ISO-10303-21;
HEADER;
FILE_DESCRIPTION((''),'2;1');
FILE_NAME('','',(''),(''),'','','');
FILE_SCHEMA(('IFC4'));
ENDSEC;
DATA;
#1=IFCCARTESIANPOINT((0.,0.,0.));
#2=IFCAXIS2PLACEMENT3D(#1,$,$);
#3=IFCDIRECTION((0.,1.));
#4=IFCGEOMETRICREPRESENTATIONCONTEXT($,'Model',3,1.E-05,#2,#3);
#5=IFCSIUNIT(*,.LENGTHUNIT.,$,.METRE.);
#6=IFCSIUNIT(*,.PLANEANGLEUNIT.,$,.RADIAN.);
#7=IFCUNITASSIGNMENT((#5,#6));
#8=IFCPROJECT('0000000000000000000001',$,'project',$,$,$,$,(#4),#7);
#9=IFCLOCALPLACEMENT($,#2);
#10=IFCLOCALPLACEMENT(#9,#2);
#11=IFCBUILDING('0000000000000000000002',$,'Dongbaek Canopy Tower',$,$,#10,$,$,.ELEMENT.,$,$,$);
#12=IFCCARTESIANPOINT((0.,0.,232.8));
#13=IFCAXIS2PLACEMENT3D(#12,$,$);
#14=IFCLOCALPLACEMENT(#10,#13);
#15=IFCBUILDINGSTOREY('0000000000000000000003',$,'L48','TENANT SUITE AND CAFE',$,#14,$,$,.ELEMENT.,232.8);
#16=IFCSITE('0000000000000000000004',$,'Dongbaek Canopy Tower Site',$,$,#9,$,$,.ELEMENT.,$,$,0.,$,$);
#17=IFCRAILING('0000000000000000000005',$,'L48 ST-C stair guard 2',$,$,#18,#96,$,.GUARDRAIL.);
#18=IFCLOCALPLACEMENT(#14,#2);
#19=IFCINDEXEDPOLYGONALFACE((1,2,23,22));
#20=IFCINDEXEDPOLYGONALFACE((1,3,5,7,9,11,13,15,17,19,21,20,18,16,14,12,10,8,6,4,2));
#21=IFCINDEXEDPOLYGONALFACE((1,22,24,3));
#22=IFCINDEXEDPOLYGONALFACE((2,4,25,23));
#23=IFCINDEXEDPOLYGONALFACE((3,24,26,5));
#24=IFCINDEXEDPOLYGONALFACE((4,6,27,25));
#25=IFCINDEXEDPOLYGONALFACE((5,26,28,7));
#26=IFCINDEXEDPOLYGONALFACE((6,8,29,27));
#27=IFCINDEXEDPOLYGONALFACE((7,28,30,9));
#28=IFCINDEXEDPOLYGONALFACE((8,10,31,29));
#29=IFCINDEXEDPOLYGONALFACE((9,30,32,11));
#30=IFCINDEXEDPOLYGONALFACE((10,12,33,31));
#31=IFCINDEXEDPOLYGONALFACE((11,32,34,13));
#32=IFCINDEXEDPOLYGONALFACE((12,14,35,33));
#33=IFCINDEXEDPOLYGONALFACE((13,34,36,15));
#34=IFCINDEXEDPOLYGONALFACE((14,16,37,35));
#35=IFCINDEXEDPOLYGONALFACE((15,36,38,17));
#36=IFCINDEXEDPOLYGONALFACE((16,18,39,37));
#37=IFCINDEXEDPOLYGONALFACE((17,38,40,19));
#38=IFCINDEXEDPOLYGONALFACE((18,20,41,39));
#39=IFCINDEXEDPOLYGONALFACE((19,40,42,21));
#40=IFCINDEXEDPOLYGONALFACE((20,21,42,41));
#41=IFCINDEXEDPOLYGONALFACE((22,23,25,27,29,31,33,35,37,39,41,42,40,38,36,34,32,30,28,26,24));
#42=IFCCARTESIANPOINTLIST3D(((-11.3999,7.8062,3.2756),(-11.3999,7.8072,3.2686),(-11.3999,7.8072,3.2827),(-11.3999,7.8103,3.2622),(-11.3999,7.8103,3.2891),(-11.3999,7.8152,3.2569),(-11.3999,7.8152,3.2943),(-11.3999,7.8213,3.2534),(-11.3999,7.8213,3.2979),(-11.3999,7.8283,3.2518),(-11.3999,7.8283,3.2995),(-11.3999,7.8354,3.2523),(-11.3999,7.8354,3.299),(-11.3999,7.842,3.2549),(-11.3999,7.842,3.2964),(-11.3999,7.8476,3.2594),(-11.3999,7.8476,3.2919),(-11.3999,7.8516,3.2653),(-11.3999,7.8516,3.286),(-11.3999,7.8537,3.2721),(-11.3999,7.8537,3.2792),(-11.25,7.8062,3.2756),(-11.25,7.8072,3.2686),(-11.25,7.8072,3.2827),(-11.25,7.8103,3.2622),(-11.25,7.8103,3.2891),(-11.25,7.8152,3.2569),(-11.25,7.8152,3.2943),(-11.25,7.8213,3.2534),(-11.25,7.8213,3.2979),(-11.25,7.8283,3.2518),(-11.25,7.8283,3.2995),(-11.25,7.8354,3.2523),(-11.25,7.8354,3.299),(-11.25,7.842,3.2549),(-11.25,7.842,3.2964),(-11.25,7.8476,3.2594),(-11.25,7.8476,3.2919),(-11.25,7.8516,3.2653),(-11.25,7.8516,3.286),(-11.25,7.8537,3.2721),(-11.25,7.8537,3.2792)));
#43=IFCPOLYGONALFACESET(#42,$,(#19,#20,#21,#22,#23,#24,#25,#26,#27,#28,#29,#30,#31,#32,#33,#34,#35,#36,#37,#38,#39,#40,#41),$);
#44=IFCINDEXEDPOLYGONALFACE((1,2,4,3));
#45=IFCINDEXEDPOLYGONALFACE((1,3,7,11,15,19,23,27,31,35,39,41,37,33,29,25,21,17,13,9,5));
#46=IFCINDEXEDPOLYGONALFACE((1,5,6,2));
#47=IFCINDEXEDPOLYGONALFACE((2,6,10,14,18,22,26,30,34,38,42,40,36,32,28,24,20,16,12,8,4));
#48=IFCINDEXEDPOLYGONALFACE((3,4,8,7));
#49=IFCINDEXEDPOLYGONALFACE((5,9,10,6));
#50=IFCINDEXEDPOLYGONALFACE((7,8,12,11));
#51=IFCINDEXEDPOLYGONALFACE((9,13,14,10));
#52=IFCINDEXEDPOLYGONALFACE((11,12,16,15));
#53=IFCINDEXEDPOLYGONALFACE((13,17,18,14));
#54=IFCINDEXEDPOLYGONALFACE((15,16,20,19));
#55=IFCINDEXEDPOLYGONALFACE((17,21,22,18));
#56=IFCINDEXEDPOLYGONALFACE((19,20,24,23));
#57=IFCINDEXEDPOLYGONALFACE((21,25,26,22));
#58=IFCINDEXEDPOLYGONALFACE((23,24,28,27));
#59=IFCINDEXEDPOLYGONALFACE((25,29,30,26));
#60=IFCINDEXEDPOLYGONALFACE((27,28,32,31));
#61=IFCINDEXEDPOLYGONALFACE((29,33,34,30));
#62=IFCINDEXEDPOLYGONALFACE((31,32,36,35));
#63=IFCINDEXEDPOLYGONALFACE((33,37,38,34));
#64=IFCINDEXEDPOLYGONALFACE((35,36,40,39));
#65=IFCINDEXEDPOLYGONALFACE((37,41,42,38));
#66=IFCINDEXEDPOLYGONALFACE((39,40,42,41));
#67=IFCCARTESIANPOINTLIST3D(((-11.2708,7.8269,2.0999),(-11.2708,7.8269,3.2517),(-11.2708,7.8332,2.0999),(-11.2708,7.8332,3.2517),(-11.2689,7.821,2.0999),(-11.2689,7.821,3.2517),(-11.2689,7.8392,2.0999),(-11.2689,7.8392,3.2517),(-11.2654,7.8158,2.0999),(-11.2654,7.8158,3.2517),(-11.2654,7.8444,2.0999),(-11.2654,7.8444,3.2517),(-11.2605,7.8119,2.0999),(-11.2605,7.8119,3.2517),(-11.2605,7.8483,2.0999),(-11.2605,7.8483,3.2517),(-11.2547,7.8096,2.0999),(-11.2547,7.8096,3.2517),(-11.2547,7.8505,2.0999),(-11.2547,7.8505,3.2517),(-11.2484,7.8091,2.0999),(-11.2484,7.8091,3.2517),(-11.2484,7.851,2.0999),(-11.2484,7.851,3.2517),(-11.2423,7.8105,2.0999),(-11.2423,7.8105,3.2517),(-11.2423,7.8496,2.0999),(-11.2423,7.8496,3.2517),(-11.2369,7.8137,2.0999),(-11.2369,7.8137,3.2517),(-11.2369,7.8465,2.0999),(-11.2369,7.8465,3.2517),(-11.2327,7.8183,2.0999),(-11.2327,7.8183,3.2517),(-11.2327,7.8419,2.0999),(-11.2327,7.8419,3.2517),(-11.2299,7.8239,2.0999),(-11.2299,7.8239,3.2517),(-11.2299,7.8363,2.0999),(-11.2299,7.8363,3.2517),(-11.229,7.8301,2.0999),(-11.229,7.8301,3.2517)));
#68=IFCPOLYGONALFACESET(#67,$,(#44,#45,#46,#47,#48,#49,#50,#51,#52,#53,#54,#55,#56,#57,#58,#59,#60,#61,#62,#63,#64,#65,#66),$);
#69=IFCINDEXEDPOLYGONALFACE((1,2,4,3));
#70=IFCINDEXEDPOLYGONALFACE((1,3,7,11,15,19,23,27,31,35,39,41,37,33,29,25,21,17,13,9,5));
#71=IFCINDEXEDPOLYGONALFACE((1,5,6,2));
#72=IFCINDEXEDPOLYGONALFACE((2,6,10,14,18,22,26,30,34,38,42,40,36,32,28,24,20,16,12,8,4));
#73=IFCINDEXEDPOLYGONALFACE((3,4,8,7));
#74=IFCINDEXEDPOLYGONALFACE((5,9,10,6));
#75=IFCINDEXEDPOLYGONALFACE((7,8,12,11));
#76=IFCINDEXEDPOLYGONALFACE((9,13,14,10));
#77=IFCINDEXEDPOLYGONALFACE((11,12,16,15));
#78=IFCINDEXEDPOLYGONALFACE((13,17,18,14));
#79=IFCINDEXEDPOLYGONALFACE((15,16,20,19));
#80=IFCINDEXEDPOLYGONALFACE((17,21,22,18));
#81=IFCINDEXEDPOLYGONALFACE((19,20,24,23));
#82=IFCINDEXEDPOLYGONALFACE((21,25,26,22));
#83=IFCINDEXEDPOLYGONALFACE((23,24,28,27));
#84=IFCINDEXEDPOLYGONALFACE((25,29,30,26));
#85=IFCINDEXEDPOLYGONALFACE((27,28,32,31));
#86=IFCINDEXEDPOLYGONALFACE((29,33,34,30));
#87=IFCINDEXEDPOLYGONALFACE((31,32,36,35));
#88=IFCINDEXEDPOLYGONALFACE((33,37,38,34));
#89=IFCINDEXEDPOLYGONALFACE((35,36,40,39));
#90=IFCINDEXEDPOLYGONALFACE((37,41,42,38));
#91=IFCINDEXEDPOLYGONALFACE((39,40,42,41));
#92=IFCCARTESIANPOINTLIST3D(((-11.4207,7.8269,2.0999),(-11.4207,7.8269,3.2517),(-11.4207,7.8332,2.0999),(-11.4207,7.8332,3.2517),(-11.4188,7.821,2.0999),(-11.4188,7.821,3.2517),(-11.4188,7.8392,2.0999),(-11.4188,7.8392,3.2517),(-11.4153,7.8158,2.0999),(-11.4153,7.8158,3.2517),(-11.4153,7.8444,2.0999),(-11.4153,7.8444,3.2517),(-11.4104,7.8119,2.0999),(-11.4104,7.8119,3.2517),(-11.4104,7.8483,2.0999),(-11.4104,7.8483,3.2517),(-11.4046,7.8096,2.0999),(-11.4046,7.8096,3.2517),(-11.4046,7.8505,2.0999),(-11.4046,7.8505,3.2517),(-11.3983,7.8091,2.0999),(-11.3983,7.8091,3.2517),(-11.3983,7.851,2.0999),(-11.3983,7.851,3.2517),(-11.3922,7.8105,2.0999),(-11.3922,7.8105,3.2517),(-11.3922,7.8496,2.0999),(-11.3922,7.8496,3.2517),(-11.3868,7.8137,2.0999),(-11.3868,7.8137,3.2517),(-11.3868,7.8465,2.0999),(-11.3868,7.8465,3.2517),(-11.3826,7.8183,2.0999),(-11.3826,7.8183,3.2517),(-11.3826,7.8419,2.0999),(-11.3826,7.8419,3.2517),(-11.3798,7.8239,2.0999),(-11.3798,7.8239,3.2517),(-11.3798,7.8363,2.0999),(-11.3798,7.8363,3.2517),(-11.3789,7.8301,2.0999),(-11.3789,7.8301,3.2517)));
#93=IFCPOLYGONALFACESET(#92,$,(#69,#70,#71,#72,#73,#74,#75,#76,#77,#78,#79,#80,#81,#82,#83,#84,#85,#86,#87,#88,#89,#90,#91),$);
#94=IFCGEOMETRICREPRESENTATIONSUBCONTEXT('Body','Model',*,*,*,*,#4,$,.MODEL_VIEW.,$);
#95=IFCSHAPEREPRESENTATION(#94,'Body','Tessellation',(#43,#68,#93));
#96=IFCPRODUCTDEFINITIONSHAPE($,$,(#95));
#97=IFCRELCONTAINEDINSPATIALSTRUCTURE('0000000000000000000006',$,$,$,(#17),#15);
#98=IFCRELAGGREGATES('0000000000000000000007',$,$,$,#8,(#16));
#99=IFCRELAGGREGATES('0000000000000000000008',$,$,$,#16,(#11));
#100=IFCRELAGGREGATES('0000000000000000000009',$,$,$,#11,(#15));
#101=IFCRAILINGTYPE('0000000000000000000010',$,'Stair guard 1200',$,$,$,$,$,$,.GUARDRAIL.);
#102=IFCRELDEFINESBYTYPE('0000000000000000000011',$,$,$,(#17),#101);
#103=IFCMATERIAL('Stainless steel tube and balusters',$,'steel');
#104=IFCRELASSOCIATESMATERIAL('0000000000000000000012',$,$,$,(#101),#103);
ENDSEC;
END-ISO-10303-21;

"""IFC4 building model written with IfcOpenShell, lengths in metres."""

from ifc_helpers import new_model, si_unit, direction, frame, origin, origin_2d, place, context, subcontext, project, spatial, circle, extrude, material, type_object, element, save


model = new_model("IFC4")

# Units and contexts
model_context = context("Model", 3, precision=1e-05, world=origin(), true_north=direction((0.0, 1.0)))
body_context = subcontext(model_context, "Body", "Model", "MODEL_VIEW")
ifc_project = project(units=[si_unit("LENGTHUNIT", "METRE"), si_unit("PLANEANGLEUNIT", "RADIAN")], contexts=[model_context])

# Site, building, storey
site_placement = place(None, origin())
site = spatial("IfcSite", under=ifc_project, at=site_placement, Name="Dongbaek Canopy Tower Site", CompositionType="ELEMENT", RefElevation=0.0)
building_placement = place(site_placement, origin())
building = spatial("IfcBuilding", under=site, at=building_placement, Name="Dongbaek Canopy Tower", CompositionType="ELEMENT")
storey_placement = place(building_placement, frame((0.0, 0.0, 232.8)))
storey = spatial("IfcBuildingStorey", under=building, at=storey_placement, Name="L48", Description="TENANT SUITE AND CAFE", CompositionType="ELEMENT", Elevation=232.8)

# Railing
ifc_material_1 = material(Name="Stainless steel tube and balusters", Category="steel")
railing_type_1 = type_object("IfcRailingType", Name="Stair guard 1200", PredefinedType="GUARDRAIL", material=ifc_material_1)
railing_1_placement = place(storey_placement, frame((-11.25, 7.8301, 2.0999)))
element("IfcRailing", 1, at=railing_1_placement, inside=storey, type_object=railing_type_1, Name="L48 ST-C stair guard 2", PredefinedType="GUARDRAIL", context=body_context, shape_type="SweptSolid", body=[
    extrude(circle(Radius=0.0239, at=origin_2d()), frame((0.0, 0.0, 1.1758), z_axis=(-1.0, 0.0, 0.0), x_axis=(0.0, -1.0, 0.0)), (0.0, 0.0, 1.0), 0.1499),
    extrude(circle(Radius=0.021, at=origin_2d()), origin(), (0.0, 0.0, 1.0), 1.1519),
    extrude(circle(Radius=0.021, at=origin_2d()), frame((-0.1499, 0.0, 0.0)), (0.0, 0.0, 1.0), 1.1519),
])

save(model, "model.ifc")
